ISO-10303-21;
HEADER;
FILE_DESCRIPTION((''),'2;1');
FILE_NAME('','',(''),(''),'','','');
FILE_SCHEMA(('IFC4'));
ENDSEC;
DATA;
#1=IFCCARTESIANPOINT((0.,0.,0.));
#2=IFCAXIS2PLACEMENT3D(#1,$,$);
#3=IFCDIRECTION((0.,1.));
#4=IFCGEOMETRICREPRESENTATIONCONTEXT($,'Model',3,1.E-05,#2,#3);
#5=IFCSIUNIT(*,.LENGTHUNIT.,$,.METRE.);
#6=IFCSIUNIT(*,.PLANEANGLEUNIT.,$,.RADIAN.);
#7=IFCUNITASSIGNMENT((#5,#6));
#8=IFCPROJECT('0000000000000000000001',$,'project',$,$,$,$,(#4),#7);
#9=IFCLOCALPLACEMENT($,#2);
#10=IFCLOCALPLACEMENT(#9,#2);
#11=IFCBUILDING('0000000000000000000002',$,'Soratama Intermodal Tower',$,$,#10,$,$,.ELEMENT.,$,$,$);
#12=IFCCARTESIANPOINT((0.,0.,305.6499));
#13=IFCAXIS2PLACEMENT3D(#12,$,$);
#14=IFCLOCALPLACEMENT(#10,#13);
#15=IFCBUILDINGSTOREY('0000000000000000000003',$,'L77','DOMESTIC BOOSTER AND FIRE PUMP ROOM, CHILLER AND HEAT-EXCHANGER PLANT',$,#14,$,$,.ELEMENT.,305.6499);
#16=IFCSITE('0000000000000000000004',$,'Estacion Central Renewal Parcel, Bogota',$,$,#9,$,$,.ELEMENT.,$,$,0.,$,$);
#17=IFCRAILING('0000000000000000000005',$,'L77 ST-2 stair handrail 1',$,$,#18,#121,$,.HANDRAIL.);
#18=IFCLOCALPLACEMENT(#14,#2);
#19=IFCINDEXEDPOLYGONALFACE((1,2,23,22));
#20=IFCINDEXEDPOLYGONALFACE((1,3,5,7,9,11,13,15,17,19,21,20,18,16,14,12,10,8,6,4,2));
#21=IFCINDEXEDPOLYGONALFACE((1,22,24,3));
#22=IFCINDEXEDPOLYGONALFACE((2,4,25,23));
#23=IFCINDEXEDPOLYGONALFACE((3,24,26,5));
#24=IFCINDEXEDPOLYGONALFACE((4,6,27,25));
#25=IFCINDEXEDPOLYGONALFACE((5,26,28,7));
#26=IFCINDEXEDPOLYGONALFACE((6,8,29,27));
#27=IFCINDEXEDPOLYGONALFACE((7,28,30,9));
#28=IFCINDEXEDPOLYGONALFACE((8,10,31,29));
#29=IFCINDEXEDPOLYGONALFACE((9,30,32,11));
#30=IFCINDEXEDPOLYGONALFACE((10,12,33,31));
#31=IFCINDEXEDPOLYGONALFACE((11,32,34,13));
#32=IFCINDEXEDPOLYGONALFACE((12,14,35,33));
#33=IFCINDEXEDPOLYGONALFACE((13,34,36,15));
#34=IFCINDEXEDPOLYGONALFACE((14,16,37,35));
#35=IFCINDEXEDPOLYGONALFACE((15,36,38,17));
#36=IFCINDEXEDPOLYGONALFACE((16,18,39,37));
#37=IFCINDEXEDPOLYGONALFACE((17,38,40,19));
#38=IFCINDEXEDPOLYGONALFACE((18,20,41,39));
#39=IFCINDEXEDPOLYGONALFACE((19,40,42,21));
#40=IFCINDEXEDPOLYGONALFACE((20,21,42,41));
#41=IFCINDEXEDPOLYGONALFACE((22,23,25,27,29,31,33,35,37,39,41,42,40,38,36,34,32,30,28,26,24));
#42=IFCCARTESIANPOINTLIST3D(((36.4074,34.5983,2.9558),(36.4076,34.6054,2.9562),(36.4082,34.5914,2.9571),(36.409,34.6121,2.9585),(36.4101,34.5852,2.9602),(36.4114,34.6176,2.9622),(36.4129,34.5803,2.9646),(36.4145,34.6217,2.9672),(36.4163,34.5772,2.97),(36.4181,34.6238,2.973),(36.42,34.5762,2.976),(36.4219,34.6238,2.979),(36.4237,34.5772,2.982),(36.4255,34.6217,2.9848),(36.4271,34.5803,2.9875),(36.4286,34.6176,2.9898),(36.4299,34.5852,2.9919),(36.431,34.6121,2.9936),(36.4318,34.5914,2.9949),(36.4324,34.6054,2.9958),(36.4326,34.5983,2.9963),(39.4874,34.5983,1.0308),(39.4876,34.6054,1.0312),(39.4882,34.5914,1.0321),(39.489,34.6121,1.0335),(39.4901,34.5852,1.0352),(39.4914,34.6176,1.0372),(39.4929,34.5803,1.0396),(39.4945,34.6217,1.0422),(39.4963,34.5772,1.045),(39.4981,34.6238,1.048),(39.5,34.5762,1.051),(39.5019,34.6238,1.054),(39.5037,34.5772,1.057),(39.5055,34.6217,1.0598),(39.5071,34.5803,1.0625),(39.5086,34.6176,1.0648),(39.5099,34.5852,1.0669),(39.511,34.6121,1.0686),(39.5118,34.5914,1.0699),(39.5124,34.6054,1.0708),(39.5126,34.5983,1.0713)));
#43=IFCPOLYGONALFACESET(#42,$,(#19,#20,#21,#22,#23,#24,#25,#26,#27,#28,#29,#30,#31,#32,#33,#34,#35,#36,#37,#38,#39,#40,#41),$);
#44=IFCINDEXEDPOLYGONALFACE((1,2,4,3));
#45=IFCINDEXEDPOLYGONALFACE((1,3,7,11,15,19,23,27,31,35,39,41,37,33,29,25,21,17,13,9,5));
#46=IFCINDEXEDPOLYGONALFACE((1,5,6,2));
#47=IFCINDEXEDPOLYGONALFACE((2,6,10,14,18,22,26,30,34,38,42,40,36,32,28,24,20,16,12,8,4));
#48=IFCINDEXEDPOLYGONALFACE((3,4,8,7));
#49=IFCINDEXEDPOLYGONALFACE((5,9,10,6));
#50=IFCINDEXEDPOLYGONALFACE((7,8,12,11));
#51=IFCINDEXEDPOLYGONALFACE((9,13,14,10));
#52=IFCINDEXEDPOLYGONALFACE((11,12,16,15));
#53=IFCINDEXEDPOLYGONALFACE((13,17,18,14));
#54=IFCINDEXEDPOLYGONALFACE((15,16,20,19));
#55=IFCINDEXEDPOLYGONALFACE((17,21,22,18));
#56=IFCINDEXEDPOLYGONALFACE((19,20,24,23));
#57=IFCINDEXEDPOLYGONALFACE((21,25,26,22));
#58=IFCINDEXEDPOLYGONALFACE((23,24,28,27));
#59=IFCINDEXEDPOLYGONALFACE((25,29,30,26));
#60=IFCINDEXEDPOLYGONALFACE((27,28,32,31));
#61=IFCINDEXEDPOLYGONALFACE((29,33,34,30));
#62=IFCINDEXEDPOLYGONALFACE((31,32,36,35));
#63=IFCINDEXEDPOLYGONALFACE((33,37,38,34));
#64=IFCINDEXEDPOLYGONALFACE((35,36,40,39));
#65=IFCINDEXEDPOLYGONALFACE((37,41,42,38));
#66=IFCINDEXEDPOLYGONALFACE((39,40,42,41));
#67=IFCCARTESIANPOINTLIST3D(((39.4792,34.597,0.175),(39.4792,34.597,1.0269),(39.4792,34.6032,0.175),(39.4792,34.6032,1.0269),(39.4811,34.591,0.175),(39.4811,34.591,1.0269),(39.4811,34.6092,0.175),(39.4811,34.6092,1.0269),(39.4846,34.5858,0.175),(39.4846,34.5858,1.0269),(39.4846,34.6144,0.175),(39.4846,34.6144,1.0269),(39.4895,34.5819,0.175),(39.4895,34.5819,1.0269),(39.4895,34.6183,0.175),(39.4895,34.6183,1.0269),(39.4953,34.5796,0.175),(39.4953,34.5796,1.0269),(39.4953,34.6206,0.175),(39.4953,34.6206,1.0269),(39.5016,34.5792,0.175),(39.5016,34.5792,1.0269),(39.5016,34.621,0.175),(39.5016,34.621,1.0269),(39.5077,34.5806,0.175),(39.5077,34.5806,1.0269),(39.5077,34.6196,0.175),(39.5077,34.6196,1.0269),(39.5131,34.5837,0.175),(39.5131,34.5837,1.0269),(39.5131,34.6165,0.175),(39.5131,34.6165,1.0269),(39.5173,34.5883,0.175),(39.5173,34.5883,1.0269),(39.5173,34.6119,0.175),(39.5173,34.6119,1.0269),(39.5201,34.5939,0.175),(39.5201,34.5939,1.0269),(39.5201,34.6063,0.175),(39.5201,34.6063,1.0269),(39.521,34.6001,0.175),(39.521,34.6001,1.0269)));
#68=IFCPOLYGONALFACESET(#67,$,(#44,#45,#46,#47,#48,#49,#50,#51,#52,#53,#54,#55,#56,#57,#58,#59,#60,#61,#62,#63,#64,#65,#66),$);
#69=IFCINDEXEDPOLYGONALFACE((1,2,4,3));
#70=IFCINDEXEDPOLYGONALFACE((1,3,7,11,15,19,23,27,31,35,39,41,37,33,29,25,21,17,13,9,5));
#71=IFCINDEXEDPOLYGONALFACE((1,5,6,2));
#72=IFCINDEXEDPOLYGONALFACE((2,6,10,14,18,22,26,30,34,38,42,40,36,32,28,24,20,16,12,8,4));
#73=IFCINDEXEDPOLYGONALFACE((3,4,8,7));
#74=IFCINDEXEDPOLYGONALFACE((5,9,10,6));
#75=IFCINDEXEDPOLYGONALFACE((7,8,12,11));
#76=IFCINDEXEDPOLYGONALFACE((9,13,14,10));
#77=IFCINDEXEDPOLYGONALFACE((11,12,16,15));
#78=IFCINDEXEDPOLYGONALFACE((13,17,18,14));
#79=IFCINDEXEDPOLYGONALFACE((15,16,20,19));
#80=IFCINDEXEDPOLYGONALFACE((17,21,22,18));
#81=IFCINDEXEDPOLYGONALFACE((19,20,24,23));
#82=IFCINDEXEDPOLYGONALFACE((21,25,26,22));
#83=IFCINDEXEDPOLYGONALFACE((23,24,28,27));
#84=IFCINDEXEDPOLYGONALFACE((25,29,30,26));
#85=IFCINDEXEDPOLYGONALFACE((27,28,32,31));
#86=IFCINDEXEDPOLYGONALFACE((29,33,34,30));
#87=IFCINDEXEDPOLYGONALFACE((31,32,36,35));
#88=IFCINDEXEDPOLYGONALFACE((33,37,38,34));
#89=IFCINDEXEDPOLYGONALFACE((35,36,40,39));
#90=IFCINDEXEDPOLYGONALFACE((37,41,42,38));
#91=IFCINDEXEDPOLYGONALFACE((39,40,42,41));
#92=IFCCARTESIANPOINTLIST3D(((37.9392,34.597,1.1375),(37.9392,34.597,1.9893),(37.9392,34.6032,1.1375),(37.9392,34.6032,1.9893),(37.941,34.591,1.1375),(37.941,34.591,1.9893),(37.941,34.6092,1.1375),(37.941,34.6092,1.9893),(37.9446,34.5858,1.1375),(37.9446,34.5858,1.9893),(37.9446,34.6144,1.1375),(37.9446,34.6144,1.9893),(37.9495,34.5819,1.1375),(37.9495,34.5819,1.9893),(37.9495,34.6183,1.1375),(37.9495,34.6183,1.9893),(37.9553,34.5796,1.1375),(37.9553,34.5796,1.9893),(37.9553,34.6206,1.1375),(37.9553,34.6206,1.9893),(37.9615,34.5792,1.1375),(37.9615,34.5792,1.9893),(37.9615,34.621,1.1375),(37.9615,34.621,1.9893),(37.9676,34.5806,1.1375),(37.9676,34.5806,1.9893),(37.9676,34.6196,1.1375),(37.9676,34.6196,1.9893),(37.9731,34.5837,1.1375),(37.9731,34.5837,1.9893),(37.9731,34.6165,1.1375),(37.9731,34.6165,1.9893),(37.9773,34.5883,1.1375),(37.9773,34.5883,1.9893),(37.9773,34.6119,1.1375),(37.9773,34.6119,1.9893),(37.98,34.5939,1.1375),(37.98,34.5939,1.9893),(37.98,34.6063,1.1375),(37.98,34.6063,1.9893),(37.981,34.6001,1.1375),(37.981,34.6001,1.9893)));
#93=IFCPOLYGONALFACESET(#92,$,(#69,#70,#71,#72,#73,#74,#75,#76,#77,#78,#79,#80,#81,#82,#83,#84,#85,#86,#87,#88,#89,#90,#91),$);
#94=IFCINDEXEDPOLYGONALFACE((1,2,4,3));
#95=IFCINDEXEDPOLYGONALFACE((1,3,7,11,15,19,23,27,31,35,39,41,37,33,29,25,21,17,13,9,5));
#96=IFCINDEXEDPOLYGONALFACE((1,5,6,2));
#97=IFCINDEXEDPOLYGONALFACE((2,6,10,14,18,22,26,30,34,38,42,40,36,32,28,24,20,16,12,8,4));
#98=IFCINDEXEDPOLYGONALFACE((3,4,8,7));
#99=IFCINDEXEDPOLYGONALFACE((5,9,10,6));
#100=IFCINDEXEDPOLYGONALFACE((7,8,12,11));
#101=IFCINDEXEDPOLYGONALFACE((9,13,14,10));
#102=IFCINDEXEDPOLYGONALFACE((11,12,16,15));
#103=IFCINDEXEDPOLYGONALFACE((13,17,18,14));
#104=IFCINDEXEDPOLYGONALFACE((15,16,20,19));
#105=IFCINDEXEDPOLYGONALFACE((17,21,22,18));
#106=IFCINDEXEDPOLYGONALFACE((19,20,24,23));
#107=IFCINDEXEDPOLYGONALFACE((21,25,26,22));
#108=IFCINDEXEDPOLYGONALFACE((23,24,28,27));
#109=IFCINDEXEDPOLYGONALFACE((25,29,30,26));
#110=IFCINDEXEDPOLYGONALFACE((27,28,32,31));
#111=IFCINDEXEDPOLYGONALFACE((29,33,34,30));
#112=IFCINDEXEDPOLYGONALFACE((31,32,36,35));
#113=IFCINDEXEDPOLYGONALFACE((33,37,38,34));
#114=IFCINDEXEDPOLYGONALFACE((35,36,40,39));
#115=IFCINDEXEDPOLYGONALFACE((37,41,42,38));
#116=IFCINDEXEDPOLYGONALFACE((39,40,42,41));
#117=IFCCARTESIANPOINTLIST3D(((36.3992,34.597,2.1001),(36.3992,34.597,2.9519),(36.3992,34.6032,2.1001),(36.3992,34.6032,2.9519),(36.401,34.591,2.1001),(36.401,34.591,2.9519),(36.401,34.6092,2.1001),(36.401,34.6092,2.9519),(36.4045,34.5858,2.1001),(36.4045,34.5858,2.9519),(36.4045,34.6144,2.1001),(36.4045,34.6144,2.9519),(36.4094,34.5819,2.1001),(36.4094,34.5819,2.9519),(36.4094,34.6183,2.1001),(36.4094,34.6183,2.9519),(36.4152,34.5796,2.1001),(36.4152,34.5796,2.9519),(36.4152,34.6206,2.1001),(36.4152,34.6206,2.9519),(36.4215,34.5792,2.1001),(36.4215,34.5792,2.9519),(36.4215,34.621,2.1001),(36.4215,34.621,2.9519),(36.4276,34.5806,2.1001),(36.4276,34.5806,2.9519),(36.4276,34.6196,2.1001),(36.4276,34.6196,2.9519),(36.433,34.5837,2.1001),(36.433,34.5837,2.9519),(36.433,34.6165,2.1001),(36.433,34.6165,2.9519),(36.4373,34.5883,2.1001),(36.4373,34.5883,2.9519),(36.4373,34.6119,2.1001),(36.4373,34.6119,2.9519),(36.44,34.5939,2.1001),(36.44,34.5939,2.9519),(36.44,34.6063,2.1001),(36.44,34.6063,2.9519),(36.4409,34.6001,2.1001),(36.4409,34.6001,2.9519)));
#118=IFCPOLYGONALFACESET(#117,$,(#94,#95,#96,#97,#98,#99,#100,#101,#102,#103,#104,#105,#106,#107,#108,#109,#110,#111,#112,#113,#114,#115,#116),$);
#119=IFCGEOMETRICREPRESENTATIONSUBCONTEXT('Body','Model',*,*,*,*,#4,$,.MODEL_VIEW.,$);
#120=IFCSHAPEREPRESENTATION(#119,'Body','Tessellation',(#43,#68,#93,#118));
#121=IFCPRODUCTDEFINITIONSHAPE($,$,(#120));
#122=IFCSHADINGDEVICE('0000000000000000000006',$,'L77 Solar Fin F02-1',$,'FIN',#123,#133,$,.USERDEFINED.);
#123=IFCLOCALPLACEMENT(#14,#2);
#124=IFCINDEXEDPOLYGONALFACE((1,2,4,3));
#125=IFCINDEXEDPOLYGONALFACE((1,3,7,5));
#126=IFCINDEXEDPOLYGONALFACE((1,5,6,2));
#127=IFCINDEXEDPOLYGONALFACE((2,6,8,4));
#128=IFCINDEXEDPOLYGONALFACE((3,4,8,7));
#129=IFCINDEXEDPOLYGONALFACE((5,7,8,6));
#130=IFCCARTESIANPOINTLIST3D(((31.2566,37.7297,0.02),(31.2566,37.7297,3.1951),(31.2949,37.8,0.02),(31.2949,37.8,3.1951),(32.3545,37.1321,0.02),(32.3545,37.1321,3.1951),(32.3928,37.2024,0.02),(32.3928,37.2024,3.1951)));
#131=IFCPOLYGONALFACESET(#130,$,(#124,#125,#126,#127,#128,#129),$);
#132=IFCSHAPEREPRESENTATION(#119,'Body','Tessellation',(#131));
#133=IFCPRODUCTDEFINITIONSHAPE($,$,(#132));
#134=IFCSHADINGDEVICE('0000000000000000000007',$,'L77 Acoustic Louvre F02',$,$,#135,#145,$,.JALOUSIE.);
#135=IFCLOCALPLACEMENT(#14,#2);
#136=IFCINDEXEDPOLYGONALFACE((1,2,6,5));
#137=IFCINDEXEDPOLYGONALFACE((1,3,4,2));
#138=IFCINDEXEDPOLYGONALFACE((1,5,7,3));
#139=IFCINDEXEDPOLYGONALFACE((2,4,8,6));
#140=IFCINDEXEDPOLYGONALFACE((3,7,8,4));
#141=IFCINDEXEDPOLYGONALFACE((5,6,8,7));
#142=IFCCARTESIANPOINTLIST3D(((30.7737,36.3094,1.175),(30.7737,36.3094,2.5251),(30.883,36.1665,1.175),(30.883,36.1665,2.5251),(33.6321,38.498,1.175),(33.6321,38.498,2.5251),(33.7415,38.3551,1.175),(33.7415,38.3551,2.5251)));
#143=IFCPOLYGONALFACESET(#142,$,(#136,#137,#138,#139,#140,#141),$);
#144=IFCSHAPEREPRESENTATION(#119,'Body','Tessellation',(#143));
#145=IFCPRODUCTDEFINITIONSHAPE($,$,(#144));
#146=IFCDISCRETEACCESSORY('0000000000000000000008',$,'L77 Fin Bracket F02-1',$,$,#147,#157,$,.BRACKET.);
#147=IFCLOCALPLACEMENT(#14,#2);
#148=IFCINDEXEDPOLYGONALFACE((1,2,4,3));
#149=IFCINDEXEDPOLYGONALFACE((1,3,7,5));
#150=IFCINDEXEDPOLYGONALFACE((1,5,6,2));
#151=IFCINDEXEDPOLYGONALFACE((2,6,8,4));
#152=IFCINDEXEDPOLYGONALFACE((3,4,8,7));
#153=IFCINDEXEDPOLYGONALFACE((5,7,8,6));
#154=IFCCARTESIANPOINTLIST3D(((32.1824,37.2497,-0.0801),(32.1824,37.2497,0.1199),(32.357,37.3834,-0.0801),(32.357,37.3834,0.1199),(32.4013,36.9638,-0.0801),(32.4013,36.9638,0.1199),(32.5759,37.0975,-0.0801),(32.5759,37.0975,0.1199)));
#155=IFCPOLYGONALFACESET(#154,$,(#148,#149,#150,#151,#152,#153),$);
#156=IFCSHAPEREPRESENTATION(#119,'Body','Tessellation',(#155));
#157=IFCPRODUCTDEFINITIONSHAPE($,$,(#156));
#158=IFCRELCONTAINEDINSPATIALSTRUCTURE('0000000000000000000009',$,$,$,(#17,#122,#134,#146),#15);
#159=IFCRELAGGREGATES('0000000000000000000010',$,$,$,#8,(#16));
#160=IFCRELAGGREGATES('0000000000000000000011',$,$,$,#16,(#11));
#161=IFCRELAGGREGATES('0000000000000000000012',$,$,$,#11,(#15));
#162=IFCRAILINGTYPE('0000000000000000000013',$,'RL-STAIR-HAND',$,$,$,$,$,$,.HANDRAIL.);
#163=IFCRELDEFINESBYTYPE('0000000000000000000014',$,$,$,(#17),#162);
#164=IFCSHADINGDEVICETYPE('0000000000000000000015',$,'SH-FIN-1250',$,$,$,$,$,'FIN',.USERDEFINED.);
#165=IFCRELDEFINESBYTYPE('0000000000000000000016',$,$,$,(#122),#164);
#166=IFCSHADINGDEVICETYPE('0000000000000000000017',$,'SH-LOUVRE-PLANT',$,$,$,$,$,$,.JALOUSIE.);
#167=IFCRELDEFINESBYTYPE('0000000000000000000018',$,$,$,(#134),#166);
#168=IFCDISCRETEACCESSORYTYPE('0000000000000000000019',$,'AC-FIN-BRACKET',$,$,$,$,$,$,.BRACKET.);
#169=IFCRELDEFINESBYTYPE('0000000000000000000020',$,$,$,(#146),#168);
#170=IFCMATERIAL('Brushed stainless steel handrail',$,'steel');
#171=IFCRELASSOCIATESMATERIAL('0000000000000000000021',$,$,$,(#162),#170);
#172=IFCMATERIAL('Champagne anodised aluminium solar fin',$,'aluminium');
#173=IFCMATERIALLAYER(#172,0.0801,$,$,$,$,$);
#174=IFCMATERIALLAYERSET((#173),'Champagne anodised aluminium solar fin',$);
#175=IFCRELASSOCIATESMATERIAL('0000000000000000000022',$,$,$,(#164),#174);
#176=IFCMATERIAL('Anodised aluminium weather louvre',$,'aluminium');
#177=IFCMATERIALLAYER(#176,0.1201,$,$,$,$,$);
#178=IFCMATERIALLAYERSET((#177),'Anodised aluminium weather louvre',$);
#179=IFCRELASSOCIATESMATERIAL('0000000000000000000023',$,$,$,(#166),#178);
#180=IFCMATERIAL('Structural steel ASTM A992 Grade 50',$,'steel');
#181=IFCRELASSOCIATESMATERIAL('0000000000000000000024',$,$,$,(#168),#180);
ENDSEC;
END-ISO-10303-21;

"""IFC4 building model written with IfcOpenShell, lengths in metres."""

from ifc_helpers import new_model, si_unit, direction, frame, origin, origin_2d, place, context, subcontext, project, spatial, rectangle, circle, extrude, material, layer, layer_set, type_object, element, save


model = new_model("IFC4")

# Units and contexts
model_context = context("Model", 3, precision=1e-05, world=origin(), true_north=direction((0.0, 1.0)))
body_context = subcontext(model_context, "Body", "Model", "MODEL_VIEW")
ifc_project = project(units=[si_unit("LENGTHUNIT", "METRE"), si_unit("PLANEANGLEUNIT", "RADIAN")], contexts=[model_context])

# Site, building, storey
site_placement = place(None, origin())
site = spatial("IfcSite", under=ifc_project, at=site_placement, Name="Estacion Central Renewal Parcel, Bogota", CompositionType="ELEMENT", RefElevation=0.0)
building_placement = place(site_placement, origin())
building = spatial("IfcBuilding", under=site, at=building_placement, Name="Soratama Intermodal Tower", CompositionType="ELEMENT")
storey_placement = place(building_placement, frame((0.0, 0.0, 305.6499)))
storey = spatial("IfcBuildingStorey", under=building, at=storey_placement, Name="L77", Description="DOMESTIC BOOSTER AND FIRE PUMP ROOM, CHILLER AND HEAT-EXCHANGER PLANT", CompositionType="ELEMENT", Elevation=305.6499)

# Railing
ifc_material_1 = material(Name="Brushed stainless steel handrail", Category="steel")
railing_type = type_object("IfcRailingType", Name="RL-STAIR-HAND", PredefinedType="HANDRAIL", material=ifc_material_1)
railing_placement = place(storey_placement, frame((39.5, 34.6001, 0.175)))
element("IfcRailing", 1, at=railing_placement, inside=storey, type_object=railing_type, Name="L77 ST-2 stair handrail 1", PredefinedType="HANDRAIL", context=body_context, shape_type="SweptSolid", body=[
    extrude(circle(Radius=0.0239, at=origin_2d()), frame((0.0, 0.0, 0.876), z_axis=(-0.847998, 0.0, 0.529999), x_axis=(0.0, -1.0, 0.0)), (0.0, 0.0, 1.0), 3.6321),
    extrude(circle(Radius=0.021, at=origin_2d()), origin(), (0.0, 0.0, 1.0), 0.8518),
    extrude(circle(Radius=0.021, at=origin_2d()), frame((-1.54, 0.0, 0.9624)), (0.0, 0.0, 1.0), 0.8518),
    extrude(circle(Radius=0.021, at=origin_2d()), frame((-3.0801, 0.0, 1.925)), (0.0, 0.0, 1.0), 0.8518),
])

# Shading devices
ifc_material_2 = material(Name="Champagne anodised aluminium solar fin", Category="aluminium")
ifc_layer_1 = layer(ifc_material_2, 0.0801)
ifc_layer_set_1 = layer_set([ifc_layer_1], Name="Champagne anodised aluminium solar fin")
shading_device_type_1 = type_object("IfcShadingDeviceType", Name="SH-FIN-1250", ElementType="FIN", PredefinedType="USERDEFINED", material=ifc_layer_set_1)
shading_device_1_placement = place(storey_placement, frame((31.8247, 37.4661, 0.02), z_axis=(0.0, 0.0, 1.0), x_axis=(-0.878317, 0.478079, 0.0)))
element("IfcShadingDevice", 2, at=shading_device_1_placement, inside=storey, type_object=shading_device_type_1, Name="L77 Solar Fin F02-1", ObjectType="FIN", PredefinedType="USERDEFINED", context=body_context, shape_type="SweptSolid", body=[
    extrude(rectangle(XDim=1.25, YDim=0.0801, at=origin_2d()), origin(), (0.0, 0.0, 1.0), 3.175),
])
ifc_material_3 = material(Name="Anodised aluminium weather louvre", Category="aluminium")
ifc_layer_2 = layer(ifc_material_3, 0.1201)
ifc_layer_set_2 = layer_set([ifc_layer_2], Name="Anodised aluminium weather louvre")
shading_device_type_2 = type_object("IfcShadingDeviceType", Name="SH-LOUVRE-PLANT", PredefinedType="JALOUSIE", material=ifc_layer_set_2)
shading_device_2_placement = place(storey_placement, frame((32.2576, 37.3323, 1.175), z_axis=(0.0, 0.0, 1.0), x_axis=(-0.79399, -0.60793, 0.0)))
element("IfcShadingDevice", 3, at=shading_device_2_placement, inside=storey, type_object=shading_device_type_2, Name="L77 Acoustic Louvre F02", PredefinedType="JALOUSIE", context=body_context, shape_type="SweptSolid", body=[
    extrude(rectangle(XDim=3.6001, YDim=0.1799, at=origin_2d()), origin(), (0.0, 0.0, 1.0), 1.3501),
])

# Discrete accessory
ifc_material_4 = material(Name="Structural steel ASTM A992 Grade 50", Category="steel")
discrete_accessory_type = type_object("IfcDiscreteAccessoryType", Name="AC-FIN-BRACKET", PredefinedType="BRACKET", material=ifc_material_4)
discrete_accessory_placement = place(storey_placement, frame((32.3792, 37.1736, -0.0801), z_axis=(0.0, 0.0, 1.0), x_axis=(-0.60793, 0.79399, 0.0)))
element("IfcDiscreteAccessory", 4, at=discrete_accessory_placement, inside=storey, type_object=discrete_accessory_type, Name="L77 Fin Bracket F02-1", PredefinedType="BRACKET", context=body_context, shape_type="SweptSolid", body=[
    extrude(rectangle(XDim=0.3601, YDim=0.22, at=origin_2d()), origin(), (0.0, 0.0, 1.0), 0.2),
])

save(model, "model.ifc")
